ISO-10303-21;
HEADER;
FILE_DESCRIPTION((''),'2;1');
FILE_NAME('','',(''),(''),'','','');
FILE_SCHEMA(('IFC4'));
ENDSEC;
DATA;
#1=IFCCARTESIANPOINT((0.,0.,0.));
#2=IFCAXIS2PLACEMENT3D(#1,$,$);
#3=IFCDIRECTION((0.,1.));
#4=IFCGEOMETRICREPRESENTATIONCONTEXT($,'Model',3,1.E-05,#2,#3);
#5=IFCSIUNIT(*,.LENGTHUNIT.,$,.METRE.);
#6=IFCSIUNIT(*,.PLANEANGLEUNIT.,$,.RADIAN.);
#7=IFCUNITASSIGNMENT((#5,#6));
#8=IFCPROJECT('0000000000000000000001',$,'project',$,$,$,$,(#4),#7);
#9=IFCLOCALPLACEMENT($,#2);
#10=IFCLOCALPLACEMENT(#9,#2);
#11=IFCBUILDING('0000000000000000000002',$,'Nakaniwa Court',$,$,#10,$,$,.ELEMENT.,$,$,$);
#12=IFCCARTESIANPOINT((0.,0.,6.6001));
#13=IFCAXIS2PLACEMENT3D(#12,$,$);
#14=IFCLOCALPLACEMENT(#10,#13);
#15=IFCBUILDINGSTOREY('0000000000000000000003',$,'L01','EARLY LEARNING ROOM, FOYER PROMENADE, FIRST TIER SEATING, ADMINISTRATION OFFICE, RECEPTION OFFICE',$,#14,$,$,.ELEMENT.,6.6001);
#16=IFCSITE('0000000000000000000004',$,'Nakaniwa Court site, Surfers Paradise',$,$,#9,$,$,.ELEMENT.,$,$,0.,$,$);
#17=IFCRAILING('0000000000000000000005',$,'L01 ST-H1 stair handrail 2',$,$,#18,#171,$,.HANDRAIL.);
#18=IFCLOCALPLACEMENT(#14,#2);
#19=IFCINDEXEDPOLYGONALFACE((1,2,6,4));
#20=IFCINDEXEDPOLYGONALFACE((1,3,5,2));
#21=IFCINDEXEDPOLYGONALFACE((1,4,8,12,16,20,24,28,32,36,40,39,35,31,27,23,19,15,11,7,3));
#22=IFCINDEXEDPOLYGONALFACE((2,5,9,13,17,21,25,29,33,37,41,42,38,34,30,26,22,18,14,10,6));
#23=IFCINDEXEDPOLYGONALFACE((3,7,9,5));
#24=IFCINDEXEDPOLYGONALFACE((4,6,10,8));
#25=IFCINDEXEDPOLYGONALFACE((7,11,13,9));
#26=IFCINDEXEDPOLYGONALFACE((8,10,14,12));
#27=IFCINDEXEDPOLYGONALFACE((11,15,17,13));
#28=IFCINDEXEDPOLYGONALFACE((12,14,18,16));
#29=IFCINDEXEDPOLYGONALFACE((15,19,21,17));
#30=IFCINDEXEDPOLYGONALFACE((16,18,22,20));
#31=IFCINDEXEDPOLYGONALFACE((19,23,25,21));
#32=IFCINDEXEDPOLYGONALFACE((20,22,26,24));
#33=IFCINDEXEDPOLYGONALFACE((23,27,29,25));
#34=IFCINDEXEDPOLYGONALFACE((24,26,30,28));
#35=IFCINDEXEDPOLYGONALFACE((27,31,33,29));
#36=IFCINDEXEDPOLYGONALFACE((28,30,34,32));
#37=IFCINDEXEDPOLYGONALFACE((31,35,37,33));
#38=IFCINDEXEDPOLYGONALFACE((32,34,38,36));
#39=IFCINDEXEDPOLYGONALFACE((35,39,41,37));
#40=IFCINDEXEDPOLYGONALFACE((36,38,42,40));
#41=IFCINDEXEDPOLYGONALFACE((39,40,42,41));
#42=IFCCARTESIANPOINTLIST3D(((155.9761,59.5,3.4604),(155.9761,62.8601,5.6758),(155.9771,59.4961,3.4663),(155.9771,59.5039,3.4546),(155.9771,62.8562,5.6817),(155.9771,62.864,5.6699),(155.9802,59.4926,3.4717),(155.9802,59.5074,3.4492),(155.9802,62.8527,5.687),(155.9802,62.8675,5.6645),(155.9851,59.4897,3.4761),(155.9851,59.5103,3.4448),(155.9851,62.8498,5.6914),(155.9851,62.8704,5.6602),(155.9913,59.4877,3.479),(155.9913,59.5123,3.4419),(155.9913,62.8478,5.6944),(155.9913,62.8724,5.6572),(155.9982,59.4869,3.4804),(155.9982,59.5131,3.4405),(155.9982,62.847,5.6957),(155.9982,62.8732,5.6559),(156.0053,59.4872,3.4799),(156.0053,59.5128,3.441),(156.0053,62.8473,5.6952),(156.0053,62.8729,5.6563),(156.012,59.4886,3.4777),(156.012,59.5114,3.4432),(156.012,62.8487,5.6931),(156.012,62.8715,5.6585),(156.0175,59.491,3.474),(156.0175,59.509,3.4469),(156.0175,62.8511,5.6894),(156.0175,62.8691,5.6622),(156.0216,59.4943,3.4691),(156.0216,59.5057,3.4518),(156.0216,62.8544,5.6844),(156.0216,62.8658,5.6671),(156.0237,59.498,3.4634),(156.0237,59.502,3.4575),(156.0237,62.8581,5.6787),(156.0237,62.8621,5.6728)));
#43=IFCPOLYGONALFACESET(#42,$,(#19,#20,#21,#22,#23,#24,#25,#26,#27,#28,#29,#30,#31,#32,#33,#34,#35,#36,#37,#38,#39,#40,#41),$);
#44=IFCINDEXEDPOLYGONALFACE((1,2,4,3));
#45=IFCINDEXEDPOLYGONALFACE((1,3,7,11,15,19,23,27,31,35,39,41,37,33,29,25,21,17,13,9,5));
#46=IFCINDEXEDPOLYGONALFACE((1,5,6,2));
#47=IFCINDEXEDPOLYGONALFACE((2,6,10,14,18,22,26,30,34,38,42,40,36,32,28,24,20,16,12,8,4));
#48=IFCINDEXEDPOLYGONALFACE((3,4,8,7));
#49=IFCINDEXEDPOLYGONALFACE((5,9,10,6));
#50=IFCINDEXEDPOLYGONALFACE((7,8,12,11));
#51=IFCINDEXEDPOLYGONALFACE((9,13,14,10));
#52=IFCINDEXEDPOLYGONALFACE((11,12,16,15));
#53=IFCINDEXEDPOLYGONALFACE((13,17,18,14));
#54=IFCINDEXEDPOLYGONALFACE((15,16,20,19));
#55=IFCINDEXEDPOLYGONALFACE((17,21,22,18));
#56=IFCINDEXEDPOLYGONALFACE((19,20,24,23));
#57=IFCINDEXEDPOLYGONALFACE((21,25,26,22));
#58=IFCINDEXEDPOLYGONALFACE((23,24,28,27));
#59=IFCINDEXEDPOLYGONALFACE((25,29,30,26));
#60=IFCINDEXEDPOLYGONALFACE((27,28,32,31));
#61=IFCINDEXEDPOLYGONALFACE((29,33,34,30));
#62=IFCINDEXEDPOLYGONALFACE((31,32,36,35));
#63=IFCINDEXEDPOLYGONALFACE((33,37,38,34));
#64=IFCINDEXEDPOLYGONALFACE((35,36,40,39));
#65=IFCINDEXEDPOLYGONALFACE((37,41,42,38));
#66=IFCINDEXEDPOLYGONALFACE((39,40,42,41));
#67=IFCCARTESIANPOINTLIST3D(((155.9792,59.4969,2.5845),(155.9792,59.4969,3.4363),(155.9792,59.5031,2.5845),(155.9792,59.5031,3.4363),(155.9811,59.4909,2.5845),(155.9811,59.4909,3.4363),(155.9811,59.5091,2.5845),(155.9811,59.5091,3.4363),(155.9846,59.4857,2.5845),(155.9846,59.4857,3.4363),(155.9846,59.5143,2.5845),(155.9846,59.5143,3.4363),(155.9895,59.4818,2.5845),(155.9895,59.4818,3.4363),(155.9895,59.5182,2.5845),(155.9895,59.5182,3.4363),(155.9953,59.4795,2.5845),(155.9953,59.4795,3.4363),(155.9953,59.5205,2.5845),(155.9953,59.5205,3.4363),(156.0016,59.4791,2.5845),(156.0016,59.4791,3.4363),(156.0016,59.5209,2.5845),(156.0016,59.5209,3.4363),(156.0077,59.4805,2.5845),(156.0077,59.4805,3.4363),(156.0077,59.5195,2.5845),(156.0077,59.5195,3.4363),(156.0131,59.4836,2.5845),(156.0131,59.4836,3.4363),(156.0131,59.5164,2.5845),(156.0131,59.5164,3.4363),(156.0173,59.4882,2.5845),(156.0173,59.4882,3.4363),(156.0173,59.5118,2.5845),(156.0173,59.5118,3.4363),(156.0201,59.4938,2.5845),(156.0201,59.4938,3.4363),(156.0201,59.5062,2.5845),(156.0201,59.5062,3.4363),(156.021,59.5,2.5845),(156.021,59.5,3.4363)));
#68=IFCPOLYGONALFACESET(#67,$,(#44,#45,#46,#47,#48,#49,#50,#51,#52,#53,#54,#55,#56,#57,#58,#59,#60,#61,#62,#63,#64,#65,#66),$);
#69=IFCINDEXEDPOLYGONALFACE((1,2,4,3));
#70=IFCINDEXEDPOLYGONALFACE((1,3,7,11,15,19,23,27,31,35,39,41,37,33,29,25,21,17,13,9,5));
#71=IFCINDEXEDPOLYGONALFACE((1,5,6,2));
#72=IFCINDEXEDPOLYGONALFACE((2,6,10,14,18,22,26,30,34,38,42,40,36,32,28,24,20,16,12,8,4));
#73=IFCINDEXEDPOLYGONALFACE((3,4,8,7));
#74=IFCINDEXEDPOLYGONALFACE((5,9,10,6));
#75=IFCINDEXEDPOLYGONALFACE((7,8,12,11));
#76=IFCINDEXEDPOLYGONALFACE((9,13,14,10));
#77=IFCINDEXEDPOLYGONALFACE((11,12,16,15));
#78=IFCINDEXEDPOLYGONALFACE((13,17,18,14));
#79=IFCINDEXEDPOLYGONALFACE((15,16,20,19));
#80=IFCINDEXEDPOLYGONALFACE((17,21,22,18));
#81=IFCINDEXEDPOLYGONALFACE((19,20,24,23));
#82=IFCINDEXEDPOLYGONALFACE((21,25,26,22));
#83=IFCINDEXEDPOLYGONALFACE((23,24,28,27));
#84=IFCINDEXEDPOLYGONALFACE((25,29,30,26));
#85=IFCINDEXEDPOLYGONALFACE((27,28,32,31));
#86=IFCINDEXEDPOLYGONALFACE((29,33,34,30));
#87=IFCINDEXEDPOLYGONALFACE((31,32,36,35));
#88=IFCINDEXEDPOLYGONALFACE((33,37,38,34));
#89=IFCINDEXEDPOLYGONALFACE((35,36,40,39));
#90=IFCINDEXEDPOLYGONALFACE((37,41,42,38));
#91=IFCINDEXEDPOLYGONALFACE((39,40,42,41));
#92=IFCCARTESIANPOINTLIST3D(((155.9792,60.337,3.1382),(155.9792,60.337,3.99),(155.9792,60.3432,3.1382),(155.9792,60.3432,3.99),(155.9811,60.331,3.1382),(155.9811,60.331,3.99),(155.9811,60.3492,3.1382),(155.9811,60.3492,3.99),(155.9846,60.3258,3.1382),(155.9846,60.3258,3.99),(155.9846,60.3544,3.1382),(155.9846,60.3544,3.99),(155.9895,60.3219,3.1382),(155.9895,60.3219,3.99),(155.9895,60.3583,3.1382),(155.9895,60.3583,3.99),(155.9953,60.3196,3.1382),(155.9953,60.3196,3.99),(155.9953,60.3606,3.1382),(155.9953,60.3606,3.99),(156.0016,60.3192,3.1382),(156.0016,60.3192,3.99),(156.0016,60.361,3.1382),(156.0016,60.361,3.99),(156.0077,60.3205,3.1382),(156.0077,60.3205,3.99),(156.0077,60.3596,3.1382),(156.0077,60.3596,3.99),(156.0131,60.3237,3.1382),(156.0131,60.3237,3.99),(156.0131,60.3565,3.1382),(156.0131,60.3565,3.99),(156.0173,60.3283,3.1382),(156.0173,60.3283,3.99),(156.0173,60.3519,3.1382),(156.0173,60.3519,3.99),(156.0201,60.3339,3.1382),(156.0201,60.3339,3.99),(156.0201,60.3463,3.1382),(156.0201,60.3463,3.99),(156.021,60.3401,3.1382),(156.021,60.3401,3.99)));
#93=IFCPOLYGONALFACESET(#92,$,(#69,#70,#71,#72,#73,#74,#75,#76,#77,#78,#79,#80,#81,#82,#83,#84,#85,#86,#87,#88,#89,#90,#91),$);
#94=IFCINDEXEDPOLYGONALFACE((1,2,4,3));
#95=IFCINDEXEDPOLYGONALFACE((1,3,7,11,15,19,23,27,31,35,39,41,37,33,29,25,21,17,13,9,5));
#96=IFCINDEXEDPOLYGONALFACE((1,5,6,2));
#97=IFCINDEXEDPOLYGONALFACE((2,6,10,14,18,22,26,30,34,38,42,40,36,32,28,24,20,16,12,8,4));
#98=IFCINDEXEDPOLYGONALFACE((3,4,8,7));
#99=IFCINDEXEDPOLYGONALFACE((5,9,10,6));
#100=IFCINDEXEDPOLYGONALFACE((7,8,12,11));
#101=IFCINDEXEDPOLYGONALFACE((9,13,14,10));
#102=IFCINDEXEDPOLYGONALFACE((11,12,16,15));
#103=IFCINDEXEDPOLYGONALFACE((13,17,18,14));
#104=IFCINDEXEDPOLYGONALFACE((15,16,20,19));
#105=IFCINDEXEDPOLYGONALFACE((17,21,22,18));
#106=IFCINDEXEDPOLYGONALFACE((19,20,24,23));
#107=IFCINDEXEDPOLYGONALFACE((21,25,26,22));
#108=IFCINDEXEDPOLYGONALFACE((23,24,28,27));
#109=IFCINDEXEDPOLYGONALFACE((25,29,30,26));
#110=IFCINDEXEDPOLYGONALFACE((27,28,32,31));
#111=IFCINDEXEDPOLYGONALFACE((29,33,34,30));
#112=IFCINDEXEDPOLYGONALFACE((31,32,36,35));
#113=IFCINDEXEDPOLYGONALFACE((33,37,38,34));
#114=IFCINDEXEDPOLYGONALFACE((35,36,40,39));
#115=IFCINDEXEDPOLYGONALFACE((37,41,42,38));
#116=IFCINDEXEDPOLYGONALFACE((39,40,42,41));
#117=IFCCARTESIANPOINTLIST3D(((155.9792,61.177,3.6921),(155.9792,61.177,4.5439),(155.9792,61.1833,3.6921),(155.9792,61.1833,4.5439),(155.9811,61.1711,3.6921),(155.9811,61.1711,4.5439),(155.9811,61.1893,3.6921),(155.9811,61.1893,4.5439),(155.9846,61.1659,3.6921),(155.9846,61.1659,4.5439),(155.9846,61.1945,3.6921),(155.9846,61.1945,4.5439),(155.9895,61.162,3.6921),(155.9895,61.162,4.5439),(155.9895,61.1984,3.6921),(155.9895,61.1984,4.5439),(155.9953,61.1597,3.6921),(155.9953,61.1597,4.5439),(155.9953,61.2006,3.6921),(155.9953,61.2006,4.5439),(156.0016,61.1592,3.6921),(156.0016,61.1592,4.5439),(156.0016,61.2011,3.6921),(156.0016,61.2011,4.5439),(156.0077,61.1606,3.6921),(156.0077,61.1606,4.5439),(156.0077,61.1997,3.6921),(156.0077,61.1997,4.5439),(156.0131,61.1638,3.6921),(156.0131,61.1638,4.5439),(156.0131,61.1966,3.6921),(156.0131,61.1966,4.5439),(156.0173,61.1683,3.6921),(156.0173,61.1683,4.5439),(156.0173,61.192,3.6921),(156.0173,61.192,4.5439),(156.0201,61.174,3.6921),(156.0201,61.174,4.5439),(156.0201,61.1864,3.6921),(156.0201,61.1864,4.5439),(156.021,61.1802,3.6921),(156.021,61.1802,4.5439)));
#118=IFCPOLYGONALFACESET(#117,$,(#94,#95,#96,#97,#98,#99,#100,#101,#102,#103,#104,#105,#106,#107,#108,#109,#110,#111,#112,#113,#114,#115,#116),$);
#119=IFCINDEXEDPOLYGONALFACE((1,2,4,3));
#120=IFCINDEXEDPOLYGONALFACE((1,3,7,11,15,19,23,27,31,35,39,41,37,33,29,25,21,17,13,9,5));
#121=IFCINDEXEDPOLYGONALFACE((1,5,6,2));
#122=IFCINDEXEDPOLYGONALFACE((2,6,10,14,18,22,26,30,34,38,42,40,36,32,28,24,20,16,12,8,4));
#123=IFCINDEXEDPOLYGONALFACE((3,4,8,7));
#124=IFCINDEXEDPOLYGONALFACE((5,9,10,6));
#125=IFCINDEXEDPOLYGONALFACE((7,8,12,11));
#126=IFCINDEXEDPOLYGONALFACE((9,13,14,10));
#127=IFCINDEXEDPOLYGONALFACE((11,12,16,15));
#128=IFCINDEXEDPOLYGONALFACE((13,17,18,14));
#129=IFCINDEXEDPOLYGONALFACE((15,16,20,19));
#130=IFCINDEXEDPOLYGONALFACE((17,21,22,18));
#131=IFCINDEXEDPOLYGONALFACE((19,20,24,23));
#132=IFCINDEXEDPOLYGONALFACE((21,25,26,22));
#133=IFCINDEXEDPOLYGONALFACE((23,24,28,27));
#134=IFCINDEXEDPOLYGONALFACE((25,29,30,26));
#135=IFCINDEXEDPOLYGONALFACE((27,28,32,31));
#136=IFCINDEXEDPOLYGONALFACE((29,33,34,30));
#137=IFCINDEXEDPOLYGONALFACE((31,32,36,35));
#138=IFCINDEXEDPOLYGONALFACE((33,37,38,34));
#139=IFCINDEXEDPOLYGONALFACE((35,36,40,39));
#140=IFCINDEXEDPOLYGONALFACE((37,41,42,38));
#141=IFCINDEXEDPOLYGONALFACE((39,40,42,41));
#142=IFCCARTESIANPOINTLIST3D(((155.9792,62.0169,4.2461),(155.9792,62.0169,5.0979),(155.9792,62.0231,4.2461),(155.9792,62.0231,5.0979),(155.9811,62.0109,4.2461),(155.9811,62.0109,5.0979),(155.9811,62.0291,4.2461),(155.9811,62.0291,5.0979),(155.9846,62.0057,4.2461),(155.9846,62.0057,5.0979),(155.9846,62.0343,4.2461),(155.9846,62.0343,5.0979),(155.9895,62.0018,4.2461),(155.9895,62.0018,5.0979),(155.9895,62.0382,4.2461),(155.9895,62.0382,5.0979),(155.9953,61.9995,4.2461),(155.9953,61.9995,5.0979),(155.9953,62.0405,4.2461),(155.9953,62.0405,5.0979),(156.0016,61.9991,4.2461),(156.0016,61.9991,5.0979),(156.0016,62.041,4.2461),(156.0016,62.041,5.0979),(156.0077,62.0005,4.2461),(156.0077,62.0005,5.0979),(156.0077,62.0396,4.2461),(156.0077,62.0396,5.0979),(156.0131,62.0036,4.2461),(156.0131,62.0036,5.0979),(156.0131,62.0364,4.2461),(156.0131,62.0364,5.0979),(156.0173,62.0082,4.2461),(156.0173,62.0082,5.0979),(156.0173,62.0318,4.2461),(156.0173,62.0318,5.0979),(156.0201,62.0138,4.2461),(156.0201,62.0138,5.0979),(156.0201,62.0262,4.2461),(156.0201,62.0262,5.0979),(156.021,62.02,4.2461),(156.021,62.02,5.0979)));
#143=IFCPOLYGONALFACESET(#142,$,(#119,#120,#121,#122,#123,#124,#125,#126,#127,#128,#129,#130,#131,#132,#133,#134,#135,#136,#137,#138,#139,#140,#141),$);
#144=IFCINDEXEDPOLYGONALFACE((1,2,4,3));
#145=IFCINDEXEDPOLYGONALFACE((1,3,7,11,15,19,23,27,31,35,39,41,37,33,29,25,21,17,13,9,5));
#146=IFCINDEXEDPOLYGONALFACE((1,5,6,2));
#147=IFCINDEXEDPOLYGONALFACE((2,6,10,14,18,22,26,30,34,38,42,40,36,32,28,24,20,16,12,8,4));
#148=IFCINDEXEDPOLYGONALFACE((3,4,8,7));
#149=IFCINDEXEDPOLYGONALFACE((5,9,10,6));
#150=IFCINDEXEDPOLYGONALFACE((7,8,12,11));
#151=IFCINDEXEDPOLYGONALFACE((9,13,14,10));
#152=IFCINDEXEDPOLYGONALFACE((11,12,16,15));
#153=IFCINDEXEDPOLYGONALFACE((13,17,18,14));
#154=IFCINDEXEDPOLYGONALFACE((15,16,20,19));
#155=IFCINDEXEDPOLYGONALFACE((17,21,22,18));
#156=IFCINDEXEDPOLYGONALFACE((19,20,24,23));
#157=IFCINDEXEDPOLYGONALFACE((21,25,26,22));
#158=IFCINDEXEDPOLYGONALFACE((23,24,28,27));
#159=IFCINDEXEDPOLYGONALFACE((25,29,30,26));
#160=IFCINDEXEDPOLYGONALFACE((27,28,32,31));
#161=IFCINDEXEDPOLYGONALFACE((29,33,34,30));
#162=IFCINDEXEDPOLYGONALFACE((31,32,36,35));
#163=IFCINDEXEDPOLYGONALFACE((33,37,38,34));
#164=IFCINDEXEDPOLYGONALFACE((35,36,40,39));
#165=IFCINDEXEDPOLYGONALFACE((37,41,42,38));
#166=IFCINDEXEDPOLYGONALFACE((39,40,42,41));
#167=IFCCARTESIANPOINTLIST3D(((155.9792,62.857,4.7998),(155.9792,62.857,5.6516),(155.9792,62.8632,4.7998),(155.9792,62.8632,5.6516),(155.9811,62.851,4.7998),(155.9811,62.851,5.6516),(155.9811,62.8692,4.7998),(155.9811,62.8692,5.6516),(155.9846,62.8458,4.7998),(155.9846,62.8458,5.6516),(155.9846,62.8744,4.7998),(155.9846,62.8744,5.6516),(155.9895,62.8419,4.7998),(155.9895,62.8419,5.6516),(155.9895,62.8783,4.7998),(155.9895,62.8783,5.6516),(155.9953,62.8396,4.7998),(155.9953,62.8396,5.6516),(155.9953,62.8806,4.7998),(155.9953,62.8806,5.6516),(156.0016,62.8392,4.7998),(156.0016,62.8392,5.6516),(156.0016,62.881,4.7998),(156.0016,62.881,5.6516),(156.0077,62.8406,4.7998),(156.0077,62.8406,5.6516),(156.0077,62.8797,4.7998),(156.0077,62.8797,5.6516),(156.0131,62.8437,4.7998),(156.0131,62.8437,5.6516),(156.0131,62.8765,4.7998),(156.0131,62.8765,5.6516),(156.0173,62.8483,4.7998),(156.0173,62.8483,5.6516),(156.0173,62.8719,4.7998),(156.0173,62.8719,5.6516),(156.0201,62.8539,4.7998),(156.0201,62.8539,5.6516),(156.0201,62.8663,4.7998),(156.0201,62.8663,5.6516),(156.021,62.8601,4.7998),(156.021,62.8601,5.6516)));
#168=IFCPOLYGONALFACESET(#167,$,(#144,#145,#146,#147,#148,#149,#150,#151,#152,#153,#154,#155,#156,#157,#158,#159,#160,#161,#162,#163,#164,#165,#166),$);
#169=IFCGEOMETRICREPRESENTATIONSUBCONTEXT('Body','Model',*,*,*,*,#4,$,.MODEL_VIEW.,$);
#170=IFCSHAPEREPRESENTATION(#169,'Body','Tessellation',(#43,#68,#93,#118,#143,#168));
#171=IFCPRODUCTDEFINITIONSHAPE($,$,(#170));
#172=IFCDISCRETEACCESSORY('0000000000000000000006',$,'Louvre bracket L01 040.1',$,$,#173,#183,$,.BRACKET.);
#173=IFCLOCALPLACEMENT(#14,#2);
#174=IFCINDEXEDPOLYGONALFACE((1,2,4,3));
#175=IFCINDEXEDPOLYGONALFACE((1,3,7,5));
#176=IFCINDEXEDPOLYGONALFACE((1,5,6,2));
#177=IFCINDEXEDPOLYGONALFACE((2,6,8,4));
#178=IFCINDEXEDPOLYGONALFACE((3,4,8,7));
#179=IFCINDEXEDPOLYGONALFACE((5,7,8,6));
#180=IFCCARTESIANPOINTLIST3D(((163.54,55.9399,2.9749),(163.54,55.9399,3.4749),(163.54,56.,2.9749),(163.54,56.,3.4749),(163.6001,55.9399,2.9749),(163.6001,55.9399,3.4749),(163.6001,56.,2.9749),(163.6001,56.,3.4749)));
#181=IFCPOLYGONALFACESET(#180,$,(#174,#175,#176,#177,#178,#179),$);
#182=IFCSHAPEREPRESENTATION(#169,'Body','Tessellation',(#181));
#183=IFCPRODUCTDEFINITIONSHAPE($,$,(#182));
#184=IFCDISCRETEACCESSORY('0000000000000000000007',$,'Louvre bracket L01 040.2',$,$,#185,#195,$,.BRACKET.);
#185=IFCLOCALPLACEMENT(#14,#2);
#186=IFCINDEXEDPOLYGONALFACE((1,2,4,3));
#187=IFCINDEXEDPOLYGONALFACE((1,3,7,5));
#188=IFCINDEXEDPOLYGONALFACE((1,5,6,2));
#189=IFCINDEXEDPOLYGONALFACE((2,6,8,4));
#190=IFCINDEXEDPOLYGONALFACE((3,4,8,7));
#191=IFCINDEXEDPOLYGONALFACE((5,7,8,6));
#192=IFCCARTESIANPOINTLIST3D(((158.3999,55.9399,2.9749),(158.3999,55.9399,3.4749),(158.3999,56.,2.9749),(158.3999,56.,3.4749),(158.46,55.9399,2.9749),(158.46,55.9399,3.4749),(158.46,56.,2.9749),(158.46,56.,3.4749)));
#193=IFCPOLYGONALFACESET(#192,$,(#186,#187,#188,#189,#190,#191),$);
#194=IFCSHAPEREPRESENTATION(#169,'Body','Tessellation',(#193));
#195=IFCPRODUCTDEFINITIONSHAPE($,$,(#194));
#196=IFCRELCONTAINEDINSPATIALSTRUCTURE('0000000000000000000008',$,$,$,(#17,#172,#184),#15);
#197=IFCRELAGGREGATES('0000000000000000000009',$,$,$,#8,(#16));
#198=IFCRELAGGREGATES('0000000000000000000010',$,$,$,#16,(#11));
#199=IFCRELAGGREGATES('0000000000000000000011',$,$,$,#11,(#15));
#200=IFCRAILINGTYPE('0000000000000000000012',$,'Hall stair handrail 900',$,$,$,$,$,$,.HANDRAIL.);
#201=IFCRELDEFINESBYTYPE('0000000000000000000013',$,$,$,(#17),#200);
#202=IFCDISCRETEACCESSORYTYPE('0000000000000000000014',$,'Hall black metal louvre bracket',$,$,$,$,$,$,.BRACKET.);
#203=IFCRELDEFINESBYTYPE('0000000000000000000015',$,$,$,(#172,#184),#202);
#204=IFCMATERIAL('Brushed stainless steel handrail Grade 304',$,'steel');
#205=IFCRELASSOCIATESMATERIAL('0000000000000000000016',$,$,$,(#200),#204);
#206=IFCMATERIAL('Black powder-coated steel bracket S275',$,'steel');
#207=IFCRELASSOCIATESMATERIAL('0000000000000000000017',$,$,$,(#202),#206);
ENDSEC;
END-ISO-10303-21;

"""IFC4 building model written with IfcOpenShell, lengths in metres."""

from ifc_helpers import new_model, si_unit, direction, frame, origin, origin_2d, place, context, subcontext, project, spatial, rectangle, circle, extrude, material, type_object, element, save


model = new_model("IFC4")

# Units and contexts
model_context = context("Model", 3, precision=1e-05, world=origin(), true_north=direction((0.0, 1.0)))
body_context = subcontext(model_context, "Body", "Model", "MODEL_VIEW")
ifc_project = project(units=[si_unit("LENGTHUNIT", "METRE"), si_unit("PLANEANGLEUNIT", "RADIAN")], contexts=[model_context])

# Site, building, storey
site_placement = place(None, origin())
site = spatial("IfcSite", under=ifc_project, at=site_placement, Name="Nakaniwa Court site, Surfers Paradise", CompositionType="ELEMENT", RefElevation=0.0)
building_placement = place(site_placement, origin())
building = spatial("IfcBuilding", under=site, at=building_placement, Name="Nakaniwa Court", CompositionType="ELEMENT")
storey_placement = place(building_placement, frame((0.0, 0.0, 6.6001)))
storey = spatial("IfcBuildingStorey", under=building, at=storey_placement, Name="L01", Description="EARLY LEARNING ROOM, FOYER PROMENADE, FIRST TIER SEATING, ADMINISTRATION OFFICE, RECEPTION OFFICE", CompositionType="ELEMENT", Elevation=6.6001)

# Railing
ifc_material_1 = material(Name="Brushed stainless steel handrail Grade 304", Category="steel")
railing_type_1 = type_object("IfcRailingType", Name="Hall stair handrail 900", PredefinedType="HANDRAIL", material=ifc_material_1)
railing_1_placement = place(storey_placement, frame((156.0, 59.5, 2.5845)))
element("IfcRailing", 1, at=railing_1_placement, inside=storey, type_object=railing_type_1, Name="L01 ST-H1 stair handrail 2", PredefinedType="HANDRAIL", context=body_context, shape_type="SweptSolid", body=[
    extrude(circle(Radius=0.0239, at=origin_2d()), frame((0.0, 0.0, 0.876), z_axis=(0.0, 0.834876, 0.550437), x_axis=(-1.0, 0.0, 0.0)), (0.0, 0.0, 1.0), 4.0247),
    extrude(circle(Radius=0.021, at=origin_2d()), origin(), (0.0, 0.0, 1.0), 0.8518),
    extrude(circle(Radius=0.021, at=origin_2d()), frame((0.0, 0.8401, 0.5537)), (0.0, 0.0, 1.0), 0.8518),
    extrude(circle(Radius=0.021, at=origin_2d()), frame((0.0, 1.6802, 1.1077)), (0.0, 0.0, 1.0), 0.8518),
    extrude(circle(Radius=0.021, at=origin_2d()), frame((0.0, 2.52, 1.6616)), (0.0, 0.0, 1.0), 0.8518),
    extrude(circle(Radius=0.021, at=origin_2d()), frame((0.0, 3.3601, 2.2153)), (0.0, 0.0, 1.0), 0.8518),
])

# Discrete accessories
ifc_material_2 = material(Name="Black powder-coated steel bracket S275", Category="steel")
discrete_accessory_type = type_object("IfcDiscreteAccessoryType", Name="Hall black metal louvre bracket", PredefinedType="BRACKET", material=ifc_material_2)
for number, where, z_axis, x_axis, name in (
    (2, (163.5701, 55.97, 2.9749), (0.0, 0.0, 1.0), (-1.0, 0.0, 0.0), "Louvre bracket L01 040.1"),
    (3, (158.4299, 55.97, 2.9749), (0.0, 0.0, 1.0), (-1.0, 0.0, 0.0), "Louvre bracket L01 040.2"),
):
    element("IfcDiscreteAccessory", number, at=place(storey_placement, frame(where, z_axis=z_axis, x_axis=x_axis)), inside=storey, type_object=discrete_accessory_type, Name=name, PredefinedType="BRACKET", context=body_context, shape_type="SweptSolid", body=[
        extrude(rectangle(XDim=0.0601, YDim=0.0601, at=origin_2d()), origin(), (0.0, 0.0, 1.0), 0.5),
    ])

save(model, "model.ifc")
